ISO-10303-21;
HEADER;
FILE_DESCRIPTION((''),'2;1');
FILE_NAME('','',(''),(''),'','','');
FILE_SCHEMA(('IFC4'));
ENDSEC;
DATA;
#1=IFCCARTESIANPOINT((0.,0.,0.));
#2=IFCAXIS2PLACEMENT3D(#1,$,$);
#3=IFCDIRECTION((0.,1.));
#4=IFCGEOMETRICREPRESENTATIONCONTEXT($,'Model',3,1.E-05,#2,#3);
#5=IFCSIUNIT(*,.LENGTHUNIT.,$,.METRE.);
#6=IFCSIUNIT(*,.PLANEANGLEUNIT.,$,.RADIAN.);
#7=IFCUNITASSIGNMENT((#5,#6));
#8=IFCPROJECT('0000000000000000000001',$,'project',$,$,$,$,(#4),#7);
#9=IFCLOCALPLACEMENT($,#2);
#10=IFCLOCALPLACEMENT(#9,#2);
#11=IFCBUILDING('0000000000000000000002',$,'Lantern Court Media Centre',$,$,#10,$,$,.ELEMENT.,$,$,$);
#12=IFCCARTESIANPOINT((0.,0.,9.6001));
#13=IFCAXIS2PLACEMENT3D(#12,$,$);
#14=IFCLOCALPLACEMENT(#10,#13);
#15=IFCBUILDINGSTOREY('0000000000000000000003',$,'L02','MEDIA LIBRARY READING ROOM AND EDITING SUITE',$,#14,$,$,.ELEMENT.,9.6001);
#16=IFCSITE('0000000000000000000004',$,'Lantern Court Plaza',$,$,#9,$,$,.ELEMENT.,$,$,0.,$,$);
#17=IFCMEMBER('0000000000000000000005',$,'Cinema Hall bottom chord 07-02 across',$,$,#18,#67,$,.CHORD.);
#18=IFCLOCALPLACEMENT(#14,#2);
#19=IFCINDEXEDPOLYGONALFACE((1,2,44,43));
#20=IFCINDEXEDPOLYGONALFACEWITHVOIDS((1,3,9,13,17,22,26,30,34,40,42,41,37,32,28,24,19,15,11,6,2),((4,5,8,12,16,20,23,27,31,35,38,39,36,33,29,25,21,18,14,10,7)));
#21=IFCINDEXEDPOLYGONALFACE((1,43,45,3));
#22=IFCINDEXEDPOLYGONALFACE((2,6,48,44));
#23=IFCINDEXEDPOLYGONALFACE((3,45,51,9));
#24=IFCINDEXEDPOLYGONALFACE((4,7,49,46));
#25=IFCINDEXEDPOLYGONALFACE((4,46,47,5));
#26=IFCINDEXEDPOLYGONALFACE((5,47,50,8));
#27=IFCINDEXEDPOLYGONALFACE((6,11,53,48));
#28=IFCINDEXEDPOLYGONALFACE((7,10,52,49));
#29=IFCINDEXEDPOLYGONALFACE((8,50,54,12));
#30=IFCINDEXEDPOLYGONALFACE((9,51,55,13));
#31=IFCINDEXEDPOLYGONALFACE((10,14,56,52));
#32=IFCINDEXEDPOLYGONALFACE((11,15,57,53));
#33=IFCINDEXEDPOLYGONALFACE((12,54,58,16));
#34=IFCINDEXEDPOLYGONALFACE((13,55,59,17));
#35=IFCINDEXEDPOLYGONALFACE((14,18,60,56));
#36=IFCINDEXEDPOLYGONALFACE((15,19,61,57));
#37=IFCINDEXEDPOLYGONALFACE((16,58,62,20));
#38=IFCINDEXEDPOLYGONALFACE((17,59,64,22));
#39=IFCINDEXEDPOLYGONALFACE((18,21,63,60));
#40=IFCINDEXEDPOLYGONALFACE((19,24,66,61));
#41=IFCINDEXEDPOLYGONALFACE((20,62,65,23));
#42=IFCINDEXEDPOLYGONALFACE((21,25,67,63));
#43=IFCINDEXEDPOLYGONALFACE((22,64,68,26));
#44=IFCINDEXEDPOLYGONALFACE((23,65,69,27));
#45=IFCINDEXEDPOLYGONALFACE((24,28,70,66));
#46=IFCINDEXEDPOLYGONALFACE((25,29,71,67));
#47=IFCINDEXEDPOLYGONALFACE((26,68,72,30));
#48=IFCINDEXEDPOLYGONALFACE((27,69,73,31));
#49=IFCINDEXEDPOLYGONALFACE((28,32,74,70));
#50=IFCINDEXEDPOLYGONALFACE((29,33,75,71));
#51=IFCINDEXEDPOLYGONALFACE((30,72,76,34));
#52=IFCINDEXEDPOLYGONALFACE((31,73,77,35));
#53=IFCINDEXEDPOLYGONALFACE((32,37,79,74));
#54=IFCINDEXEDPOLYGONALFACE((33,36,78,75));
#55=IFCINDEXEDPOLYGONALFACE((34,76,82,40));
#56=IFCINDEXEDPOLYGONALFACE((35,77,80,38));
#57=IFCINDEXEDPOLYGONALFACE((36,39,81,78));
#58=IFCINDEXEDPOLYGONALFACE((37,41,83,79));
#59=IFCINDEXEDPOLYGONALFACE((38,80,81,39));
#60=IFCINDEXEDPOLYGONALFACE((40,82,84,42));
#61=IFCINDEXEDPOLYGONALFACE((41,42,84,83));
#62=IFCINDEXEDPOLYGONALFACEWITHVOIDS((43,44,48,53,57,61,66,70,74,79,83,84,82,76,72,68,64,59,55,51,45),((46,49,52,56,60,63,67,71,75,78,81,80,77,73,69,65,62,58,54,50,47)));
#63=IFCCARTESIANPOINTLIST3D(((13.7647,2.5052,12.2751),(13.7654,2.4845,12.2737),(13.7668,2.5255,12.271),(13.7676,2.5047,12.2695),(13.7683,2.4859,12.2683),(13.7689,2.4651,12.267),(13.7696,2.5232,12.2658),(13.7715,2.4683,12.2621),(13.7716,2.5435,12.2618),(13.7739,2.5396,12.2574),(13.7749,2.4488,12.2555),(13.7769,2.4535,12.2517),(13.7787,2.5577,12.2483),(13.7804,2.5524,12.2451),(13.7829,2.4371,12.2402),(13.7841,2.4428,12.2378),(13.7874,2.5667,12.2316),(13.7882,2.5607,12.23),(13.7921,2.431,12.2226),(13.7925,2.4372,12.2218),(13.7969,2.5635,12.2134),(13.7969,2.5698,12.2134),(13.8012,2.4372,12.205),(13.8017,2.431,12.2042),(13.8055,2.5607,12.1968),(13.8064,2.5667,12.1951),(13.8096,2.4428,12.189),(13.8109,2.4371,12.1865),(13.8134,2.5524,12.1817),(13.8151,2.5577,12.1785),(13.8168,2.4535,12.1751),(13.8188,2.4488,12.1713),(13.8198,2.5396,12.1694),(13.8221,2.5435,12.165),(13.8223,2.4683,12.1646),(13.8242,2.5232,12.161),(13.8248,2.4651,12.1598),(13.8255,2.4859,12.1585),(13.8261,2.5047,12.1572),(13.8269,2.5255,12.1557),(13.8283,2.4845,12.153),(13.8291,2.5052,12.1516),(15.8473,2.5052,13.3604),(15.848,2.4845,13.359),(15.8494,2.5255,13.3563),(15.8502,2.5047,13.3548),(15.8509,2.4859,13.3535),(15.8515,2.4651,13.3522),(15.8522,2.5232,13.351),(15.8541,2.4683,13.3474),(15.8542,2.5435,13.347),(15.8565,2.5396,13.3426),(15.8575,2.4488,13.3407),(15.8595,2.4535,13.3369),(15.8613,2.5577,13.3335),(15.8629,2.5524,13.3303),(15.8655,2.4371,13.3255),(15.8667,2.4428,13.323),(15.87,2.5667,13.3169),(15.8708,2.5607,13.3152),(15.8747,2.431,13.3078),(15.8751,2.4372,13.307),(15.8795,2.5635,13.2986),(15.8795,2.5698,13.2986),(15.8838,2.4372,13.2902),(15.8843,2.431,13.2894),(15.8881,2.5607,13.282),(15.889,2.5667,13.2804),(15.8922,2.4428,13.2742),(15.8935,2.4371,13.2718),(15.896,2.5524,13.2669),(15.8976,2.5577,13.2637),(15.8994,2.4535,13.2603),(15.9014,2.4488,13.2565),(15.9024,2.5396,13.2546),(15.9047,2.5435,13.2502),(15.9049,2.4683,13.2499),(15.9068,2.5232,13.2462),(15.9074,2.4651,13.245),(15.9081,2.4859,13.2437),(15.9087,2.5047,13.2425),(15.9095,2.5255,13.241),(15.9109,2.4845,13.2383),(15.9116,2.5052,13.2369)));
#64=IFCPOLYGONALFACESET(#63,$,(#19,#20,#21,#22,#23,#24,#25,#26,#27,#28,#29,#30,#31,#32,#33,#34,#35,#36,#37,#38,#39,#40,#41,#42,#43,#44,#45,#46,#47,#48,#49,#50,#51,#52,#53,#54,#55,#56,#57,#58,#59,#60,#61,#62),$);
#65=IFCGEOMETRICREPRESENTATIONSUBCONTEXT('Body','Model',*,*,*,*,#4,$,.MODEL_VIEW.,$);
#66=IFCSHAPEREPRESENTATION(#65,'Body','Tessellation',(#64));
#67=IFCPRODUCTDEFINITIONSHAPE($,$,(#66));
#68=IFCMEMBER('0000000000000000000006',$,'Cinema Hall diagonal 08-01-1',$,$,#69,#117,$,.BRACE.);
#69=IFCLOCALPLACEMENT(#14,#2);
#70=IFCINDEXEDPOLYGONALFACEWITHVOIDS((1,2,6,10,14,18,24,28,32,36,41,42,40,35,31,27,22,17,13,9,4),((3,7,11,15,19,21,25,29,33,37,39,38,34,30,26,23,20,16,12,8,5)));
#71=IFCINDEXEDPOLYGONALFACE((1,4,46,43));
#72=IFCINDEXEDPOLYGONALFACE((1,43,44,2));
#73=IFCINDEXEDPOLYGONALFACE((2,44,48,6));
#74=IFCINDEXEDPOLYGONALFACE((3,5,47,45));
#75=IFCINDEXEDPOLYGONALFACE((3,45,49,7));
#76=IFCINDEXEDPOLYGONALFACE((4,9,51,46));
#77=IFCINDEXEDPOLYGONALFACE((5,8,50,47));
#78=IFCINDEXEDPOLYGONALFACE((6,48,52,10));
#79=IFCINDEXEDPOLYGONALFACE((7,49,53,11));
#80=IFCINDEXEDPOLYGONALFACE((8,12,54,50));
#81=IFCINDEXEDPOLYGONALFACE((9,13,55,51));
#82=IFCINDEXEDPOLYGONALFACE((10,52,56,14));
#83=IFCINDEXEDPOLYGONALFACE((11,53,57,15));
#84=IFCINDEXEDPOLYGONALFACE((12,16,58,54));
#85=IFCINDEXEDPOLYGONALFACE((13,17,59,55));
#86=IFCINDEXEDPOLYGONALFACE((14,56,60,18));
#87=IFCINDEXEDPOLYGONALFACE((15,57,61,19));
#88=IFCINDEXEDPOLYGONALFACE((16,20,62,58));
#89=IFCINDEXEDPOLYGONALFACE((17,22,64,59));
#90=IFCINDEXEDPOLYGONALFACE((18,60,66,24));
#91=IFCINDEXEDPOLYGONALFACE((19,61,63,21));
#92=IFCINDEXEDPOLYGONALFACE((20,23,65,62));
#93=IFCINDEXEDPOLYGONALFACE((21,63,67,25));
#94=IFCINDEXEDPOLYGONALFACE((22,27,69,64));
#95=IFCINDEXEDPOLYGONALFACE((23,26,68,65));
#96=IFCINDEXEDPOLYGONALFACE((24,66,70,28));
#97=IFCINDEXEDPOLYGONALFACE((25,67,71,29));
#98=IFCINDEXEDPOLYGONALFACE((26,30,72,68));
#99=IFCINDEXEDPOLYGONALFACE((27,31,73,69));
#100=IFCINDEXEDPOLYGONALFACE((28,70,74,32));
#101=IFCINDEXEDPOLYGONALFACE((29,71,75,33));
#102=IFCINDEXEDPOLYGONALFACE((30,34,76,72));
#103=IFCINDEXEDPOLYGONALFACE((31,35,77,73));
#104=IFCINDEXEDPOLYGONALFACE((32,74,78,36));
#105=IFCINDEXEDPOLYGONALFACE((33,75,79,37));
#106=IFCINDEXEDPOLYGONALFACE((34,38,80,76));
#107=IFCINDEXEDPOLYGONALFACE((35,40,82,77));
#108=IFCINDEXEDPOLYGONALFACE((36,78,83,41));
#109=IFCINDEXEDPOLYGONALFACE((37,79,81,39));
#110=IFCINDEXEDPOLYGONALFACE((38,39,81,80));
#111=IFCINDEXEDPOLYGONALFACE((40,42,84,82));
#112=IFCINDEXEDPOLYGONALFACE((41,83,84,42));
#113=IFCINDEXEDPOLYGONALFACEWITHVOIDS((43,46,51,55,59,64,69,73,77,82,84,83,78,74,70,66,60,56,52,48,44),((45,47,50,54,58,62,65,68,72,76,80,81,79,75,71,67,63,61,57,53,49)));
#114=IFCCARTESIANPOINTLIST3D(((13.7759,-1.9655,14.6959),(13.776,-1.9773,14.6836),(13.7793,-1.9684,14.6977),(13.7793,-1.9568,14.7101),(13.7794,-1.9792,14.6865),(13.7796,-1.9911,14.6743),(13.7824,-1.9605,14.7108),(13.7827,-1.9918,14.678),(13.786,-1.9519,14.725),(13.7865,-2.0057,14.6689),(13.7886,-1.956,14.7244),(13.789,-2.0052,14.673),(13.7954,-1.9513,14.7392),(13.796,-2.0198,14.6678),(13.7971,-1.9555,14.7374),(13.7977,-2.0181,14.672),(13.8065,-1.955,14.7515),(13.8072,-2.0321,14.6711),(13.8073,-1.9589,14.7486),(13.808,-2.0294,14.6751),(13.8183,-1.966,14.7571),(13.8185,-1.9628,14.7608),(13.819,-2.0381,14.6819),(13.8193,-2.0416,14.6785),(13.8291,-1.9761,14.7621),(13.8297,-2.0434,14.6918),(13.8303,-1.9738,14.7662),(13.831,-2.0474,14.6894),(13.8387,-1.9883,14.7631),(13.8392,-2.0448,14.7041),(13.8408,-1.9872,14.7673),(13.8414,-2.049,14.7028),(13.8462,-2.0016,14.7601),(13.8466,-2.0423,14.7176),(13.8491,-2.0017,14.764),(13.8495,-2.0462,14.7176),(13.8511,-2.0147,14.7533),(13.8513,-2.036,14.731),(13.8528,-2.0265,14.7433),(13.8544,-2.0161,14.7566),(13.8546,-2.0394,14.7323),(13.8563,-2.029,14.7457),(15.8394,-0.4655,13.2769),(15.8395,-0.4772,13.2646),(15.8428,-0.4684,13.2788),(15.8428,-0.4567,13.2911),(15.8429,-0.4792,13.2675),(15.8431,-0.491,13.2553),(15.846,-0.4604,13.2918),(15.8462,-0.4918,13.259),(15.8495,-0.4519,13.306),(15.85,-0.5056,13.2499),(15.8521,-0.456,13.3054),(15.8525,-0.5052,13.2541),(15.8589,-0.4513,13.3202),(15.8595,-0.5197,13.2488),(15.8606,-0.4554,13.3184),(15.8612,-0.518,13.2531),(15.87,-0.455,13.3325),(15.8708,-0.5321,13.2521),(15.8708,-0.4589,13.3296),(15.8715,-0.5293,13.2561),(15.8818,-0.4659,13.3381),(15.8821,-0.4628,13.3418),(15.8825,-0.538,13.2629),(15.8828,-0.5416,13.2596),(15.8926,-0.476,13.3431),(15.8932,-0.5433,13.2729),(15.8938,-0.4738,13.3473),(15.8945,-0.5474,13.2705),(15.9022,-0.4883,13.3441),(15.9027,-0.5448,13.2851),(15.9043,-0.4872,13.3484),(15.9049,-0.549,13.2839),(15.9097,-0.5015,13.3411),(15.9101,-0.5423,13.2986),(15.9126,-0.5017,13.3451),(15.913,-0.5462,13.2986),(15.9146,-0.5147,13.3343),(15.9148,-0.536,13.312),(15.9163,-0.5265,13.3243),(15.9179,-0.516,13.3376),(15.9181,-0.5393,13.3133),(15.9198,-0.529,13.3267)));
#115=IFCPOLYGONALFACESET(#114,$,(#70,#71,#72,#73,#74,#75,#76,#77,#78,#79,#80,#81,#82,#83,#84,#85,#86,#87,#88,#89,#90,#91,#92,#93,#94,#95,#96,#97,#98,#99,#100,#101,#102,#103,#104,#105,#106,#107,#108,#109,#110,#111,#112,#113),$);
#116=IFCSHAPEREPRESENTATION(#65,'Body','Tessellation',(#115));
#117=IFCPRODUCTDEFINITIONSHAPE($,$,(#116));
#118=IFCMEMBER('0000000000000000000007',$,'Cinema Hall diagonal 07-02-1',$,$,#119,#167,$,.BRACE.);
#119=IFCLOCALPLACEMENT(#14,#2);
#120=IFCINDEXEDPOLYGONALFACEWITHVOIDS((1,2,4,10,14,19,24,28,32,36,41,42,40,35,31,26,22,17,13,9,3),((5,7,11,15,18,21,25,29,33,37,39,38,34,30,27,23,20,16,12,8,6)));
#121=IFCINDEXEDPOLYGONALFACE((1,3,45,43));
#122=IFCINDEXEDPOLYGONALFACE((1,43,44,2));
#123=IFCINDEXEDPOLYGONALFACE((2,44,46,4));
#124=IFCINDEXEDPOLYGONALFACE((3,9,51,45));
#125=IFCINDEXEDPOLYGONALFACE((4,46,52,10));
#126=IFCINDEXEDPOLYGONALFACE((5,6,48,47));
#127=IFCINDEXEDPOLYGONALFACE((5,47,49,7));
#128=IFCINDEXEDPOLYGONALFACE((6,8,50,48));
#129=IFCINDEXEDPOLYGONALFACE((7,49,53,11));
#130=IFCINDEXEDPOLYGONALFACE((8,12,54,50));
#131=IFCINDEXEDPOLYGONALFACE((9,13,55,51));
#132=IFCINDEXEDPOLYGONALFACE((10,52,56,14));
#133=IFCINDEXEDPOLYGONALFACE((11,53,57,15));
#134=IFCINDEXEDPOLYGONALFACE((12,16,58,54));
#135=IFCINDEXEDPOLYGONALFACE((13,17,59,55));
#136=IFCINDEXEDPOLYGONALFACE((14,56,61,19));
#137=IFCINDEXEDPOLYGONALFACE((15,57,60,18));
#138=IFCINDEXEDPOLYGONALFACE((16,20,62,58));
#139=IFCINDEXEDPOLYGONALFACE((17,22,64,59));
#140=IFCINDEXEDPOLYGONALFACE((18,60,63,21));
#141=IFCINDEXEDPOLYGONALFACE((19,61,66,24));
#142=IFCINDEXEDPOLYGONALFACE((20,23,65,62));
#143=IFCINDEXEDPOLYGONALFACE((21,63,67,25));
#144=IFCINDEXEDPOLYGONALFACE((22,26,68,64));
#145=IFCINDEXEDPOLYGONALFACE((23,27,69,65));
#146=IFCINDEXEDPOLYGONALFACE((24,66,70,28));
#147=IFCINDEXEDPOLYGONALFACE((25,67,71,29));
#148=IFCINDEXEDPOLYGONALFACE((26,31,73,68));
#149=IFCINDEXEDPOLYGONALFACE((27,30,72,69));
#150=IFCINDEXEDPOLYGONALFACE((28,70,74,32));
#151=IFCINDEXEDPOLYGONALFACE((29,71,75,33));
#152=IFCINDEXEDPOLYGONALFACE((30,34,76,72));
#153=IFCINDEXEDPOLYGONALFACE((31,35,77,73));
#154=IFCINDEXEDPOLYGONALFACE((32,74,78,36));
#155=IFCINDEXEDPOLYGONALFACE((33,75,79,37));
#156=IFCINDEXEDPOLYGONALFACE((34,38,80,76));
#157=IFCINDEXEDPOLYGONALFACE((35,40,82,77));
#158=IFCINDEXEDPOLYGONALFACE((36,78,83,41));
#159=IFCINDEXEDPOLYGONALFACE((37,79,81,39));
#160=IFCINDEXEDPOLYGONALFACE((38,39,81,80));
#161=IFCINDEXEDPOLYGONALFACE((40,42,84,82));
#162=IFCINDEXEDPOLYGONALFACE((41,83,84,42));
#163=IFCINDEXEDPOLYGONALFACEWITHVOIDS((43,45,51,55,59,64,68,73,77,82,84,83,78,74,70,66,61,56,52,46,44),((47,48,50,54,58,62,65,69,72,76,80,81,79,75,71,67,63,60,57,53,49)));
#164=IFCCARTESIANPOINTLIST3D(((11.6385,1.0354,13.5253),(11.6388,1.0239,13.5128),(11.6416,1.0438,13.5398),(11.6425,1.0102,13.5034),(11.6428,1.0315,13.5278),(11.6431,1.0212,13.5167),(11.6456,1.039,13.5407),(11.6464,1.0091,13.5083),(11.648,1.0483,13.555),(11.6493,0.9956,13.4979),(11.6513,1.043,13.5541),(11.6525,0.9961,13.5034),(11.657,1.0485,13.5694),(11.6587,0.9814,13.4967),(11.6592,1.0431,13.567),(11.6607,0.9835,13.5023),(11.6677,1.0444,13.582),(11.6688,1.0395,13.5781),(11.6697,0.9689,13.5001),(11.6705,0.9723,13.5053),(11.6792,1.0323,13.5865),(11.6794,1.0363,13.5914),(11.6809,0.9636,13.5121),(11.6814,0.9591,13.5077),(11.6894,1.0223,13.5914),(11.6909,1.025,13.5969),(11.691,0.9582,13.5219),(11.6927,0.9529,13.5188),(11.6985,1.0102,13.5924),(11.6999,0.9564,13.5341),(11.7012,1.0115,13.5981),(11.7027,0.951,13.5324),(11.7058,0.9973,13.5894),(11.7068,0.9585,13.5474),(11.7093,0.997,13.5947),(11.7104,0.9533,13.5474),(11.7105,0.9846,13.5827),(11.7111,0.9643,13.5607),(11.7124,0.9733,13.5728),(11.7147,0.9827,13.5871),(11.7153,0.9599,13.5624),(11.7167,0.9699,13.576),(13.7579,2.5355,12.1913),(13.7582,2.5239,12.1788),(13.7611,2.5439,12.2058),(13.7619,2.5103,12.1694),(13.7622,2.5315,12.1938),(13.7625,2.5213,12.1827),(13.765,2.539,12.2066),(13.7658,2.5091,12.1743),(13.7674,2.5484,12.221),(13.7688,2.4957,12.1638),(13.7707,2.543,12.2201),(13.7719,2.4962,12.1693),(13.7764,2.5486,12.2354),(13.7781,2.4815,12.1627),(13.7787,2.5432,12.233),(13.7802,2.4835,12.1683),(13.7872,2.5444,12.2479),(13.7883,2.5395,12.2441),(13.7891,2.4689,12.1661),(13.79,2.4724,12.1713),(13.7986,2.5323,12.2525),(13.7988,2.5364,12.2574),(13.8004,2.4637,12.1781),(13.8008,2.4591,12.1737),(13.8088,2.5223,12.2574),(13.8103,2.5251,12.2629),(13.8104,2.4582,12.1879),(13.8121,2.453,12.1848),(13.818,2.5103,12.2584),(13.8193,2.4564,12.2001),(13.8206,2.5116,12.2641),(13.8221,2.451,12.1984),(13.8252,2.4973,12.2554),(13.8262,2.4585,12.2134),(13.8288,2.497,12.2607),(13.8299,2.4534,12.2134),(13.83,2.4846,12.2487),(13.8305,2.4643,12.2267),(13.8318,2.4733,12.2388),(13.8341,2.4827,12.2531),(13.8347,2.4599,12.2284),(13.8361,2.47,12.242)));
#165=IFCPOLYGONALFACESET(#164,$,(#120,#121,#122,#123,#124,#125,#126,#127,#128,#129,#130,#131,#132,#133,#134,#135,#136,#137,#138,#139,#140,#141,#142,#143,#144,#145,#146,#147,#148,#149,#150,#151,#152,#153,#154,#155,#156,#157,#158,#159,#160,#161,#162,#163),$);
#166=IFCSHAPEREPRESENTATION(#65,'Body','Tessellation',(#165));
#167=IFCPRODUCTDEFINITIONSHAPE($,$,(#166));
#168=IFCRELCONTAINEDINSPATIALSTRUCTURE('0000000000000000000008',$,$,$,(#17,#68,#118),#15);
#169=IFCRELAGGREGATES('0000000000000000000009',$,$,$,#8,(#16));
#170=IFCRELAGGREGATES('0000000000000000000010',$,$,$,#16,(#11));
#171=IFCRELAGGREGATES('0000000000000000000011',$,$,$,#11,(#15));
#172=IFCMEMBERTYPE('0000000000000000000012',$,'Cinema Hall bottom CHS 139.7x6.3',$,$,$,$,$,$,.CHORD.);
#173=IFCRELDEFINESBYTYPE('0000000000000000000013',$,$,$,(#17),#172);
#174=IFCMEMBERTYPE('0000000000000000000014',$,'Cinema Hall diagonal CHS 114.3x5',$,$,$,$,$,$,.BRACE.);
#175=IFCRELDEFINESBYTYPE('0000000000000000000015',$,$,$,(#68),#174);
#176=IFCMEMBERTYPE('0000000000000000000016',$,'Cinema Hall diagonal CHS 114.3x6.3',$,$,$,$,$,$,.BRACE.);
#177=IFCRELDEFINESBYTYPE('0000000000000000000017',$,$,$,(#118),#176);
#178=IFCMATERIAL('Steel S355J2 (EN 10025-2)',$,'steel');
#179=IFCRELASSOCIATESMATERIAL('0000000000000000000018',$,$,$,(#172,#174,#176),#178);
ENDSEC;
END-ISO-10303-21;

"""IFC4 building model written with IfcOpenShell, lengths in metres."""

from ifc_helpers import new_model, si_unit, direction, frame, origin, origin_2d, place, context, subcontext, project, spatial, hollow_circle, extrude, material, material_profile, profile_set, type_object, element, save


model = new_model("IFC4")

# Units and contexts
model_context = context("Model", 3, precision=1e-05, world=origin(), true_north=direction((0.0, 1.0)))
body_context = subcontext(model_context, "Body", "Model", "MODEL_VIEW")
ifc_project = project(units=[si_unit("LENGTHUNIT", "METRE"), si_unit("PLANEANGLEUNIT", "RADIAN")], contexts=[model_context])

# Site, building, storey
site_placement = place(None, origin())
site = spatial("IfcSite", under=ifc_project, at=site_placement, Name="Lantern Court Plaza", CompositionType="ELEMENT", RefElevation=0.0)
building_placement = place(site_placement, origin())
building = spatial("IfcBuilding", under=site, at=building_placement, Name="Lantern Court Media Centre", CompositionType="ELEMENT")
storey_placement = place(building_placement, frame((0.0, 0.0, 9.6001)))
storey = spatial("IfcBuildingStorey", under=building, at=storey_placement, Name="L02", Description="MEDIA LIBRARY READING ROOM AND EDITING SUITE", CompositionType="ELEMENT", Elevation=9.6001)

# Members
ifc_material = material(Name="Steel S355J2 (EN 10025-2)", Category="steel")
ifc_material_profile_1 = material_profile(ifc_material, hollow_circle(Radius=0.0698, WallThickness=0.0063, at=origin_2d()), Name="Cinema Hall bottom CHS 139.7x6.3")
ifc_profile_set_1 = profile_set([ifc_material_profile_1], Name="Steel S355J2 (EN 10025-2)")
member_type_1 = type_object("IfcMemberType", Name="Cinema Hall bottom CHS 139.7x6.3", PredefinedType="CHORD", material=ifc_profile_set_1)
member_1_placement = place(storey_placement, frame((13.7969, 2.5, 12.2134), z_axis=(0.886816, 0.0, 0.462122), x_axis=(0.0, 1.0, 0.0)))
element("IfcMember", 1, at=member_1_placement, inside=storey, type_object=member_type_1, Name="Cinema Hall bottom chord 07-02 across", PredefinedType="CHORD", context=body_context, shape_type="SweptSolid", body=[
    extrude(hollow_circle(Radius=0.0698, WallThickness=0.0063, at=origin_2d()), origin(), (0.0, 0.0, 1.0), 2.3484),
])
ifc_material_profile_2 = material_profile(ifc_material, hollow_circle(Radius=0.0571, WallThickness=0.0049, at=origin_2d()), Name="Cinema Hall diagonal CHS 114.3x5")
ifc_profile_set_2 = profile_set([ifc_material_profile_2], Name="Steel S355J2 (EN 10025-2)")
member_type_2 = type_object("IfcMemberType", Name="Cinema Hall diagonal CHS 114.3x5", PredefinedType="BRACE", material=ifc_profile_set_2)
member_2_placement = place(storey_placement, frame((15.8794, -0.5, 13.2986), z_axis=(-0.70688, -0.513851, 0.486084), x_axis=(0.58799, -0.808868, 0.0)))
element("IfcMember", 2, at=member_2_placement, inside=storey, type_object=member_type_2, Name="Cinema Hall diagonal 08-01-1", PredefinedType="BRACE", context=body_context, shape_type="SweptSolid", body=[
    extrude(hollow_circle(Radius=0.0571, WallThickness=0.0049, at=origin_2d()), origin(), (0.0, 0.0, 1.0), 2.9192),
])
ifc_material_profile_3 = material_profile(ifc_material, hollow_circle(Radius=0.0571, WallThickness=0.0063, at=origin_2d()), Name="Cinema Hall diagonal CHS 114.3x6.3")
ifc_profile_set_3 = profile_set([ifc_material_profile_3], Name="Steel S355J2 (EN 10025-2)")
member_type_3 = type_object("IfcMemberType", Name="Cinema Hall diagonal CHS 114.3x6.3", PredefinedType="BRACE", material=ifc_profile_set_3)
for number, where, z_axis, x_axis, name in (
    (3, (13.7969, 2.5, 12.2134), (-0.726034, -0.513852, 0.45698), (0.577702, -0.816248, 0.0), "Cinema Hall diagonal 07-02-1"),
):
    element("IfcMember", number, at=place(storey_placement, frame(where, z_axis=z_axis, x_axis=x_axis)), inside=storey, type_object=member_type_3, Name=name, PredefinedType="BRACE", context=body_context, shape_type="SweptSolid", body=[
        extrude(hollow_circle(Radius=0.0571, WallThickness=0.0063, at=origin_2d()), origin(), (0.0, 0.0, 1.0), 2.9192),
    ])

save(model, "model.ifc")
